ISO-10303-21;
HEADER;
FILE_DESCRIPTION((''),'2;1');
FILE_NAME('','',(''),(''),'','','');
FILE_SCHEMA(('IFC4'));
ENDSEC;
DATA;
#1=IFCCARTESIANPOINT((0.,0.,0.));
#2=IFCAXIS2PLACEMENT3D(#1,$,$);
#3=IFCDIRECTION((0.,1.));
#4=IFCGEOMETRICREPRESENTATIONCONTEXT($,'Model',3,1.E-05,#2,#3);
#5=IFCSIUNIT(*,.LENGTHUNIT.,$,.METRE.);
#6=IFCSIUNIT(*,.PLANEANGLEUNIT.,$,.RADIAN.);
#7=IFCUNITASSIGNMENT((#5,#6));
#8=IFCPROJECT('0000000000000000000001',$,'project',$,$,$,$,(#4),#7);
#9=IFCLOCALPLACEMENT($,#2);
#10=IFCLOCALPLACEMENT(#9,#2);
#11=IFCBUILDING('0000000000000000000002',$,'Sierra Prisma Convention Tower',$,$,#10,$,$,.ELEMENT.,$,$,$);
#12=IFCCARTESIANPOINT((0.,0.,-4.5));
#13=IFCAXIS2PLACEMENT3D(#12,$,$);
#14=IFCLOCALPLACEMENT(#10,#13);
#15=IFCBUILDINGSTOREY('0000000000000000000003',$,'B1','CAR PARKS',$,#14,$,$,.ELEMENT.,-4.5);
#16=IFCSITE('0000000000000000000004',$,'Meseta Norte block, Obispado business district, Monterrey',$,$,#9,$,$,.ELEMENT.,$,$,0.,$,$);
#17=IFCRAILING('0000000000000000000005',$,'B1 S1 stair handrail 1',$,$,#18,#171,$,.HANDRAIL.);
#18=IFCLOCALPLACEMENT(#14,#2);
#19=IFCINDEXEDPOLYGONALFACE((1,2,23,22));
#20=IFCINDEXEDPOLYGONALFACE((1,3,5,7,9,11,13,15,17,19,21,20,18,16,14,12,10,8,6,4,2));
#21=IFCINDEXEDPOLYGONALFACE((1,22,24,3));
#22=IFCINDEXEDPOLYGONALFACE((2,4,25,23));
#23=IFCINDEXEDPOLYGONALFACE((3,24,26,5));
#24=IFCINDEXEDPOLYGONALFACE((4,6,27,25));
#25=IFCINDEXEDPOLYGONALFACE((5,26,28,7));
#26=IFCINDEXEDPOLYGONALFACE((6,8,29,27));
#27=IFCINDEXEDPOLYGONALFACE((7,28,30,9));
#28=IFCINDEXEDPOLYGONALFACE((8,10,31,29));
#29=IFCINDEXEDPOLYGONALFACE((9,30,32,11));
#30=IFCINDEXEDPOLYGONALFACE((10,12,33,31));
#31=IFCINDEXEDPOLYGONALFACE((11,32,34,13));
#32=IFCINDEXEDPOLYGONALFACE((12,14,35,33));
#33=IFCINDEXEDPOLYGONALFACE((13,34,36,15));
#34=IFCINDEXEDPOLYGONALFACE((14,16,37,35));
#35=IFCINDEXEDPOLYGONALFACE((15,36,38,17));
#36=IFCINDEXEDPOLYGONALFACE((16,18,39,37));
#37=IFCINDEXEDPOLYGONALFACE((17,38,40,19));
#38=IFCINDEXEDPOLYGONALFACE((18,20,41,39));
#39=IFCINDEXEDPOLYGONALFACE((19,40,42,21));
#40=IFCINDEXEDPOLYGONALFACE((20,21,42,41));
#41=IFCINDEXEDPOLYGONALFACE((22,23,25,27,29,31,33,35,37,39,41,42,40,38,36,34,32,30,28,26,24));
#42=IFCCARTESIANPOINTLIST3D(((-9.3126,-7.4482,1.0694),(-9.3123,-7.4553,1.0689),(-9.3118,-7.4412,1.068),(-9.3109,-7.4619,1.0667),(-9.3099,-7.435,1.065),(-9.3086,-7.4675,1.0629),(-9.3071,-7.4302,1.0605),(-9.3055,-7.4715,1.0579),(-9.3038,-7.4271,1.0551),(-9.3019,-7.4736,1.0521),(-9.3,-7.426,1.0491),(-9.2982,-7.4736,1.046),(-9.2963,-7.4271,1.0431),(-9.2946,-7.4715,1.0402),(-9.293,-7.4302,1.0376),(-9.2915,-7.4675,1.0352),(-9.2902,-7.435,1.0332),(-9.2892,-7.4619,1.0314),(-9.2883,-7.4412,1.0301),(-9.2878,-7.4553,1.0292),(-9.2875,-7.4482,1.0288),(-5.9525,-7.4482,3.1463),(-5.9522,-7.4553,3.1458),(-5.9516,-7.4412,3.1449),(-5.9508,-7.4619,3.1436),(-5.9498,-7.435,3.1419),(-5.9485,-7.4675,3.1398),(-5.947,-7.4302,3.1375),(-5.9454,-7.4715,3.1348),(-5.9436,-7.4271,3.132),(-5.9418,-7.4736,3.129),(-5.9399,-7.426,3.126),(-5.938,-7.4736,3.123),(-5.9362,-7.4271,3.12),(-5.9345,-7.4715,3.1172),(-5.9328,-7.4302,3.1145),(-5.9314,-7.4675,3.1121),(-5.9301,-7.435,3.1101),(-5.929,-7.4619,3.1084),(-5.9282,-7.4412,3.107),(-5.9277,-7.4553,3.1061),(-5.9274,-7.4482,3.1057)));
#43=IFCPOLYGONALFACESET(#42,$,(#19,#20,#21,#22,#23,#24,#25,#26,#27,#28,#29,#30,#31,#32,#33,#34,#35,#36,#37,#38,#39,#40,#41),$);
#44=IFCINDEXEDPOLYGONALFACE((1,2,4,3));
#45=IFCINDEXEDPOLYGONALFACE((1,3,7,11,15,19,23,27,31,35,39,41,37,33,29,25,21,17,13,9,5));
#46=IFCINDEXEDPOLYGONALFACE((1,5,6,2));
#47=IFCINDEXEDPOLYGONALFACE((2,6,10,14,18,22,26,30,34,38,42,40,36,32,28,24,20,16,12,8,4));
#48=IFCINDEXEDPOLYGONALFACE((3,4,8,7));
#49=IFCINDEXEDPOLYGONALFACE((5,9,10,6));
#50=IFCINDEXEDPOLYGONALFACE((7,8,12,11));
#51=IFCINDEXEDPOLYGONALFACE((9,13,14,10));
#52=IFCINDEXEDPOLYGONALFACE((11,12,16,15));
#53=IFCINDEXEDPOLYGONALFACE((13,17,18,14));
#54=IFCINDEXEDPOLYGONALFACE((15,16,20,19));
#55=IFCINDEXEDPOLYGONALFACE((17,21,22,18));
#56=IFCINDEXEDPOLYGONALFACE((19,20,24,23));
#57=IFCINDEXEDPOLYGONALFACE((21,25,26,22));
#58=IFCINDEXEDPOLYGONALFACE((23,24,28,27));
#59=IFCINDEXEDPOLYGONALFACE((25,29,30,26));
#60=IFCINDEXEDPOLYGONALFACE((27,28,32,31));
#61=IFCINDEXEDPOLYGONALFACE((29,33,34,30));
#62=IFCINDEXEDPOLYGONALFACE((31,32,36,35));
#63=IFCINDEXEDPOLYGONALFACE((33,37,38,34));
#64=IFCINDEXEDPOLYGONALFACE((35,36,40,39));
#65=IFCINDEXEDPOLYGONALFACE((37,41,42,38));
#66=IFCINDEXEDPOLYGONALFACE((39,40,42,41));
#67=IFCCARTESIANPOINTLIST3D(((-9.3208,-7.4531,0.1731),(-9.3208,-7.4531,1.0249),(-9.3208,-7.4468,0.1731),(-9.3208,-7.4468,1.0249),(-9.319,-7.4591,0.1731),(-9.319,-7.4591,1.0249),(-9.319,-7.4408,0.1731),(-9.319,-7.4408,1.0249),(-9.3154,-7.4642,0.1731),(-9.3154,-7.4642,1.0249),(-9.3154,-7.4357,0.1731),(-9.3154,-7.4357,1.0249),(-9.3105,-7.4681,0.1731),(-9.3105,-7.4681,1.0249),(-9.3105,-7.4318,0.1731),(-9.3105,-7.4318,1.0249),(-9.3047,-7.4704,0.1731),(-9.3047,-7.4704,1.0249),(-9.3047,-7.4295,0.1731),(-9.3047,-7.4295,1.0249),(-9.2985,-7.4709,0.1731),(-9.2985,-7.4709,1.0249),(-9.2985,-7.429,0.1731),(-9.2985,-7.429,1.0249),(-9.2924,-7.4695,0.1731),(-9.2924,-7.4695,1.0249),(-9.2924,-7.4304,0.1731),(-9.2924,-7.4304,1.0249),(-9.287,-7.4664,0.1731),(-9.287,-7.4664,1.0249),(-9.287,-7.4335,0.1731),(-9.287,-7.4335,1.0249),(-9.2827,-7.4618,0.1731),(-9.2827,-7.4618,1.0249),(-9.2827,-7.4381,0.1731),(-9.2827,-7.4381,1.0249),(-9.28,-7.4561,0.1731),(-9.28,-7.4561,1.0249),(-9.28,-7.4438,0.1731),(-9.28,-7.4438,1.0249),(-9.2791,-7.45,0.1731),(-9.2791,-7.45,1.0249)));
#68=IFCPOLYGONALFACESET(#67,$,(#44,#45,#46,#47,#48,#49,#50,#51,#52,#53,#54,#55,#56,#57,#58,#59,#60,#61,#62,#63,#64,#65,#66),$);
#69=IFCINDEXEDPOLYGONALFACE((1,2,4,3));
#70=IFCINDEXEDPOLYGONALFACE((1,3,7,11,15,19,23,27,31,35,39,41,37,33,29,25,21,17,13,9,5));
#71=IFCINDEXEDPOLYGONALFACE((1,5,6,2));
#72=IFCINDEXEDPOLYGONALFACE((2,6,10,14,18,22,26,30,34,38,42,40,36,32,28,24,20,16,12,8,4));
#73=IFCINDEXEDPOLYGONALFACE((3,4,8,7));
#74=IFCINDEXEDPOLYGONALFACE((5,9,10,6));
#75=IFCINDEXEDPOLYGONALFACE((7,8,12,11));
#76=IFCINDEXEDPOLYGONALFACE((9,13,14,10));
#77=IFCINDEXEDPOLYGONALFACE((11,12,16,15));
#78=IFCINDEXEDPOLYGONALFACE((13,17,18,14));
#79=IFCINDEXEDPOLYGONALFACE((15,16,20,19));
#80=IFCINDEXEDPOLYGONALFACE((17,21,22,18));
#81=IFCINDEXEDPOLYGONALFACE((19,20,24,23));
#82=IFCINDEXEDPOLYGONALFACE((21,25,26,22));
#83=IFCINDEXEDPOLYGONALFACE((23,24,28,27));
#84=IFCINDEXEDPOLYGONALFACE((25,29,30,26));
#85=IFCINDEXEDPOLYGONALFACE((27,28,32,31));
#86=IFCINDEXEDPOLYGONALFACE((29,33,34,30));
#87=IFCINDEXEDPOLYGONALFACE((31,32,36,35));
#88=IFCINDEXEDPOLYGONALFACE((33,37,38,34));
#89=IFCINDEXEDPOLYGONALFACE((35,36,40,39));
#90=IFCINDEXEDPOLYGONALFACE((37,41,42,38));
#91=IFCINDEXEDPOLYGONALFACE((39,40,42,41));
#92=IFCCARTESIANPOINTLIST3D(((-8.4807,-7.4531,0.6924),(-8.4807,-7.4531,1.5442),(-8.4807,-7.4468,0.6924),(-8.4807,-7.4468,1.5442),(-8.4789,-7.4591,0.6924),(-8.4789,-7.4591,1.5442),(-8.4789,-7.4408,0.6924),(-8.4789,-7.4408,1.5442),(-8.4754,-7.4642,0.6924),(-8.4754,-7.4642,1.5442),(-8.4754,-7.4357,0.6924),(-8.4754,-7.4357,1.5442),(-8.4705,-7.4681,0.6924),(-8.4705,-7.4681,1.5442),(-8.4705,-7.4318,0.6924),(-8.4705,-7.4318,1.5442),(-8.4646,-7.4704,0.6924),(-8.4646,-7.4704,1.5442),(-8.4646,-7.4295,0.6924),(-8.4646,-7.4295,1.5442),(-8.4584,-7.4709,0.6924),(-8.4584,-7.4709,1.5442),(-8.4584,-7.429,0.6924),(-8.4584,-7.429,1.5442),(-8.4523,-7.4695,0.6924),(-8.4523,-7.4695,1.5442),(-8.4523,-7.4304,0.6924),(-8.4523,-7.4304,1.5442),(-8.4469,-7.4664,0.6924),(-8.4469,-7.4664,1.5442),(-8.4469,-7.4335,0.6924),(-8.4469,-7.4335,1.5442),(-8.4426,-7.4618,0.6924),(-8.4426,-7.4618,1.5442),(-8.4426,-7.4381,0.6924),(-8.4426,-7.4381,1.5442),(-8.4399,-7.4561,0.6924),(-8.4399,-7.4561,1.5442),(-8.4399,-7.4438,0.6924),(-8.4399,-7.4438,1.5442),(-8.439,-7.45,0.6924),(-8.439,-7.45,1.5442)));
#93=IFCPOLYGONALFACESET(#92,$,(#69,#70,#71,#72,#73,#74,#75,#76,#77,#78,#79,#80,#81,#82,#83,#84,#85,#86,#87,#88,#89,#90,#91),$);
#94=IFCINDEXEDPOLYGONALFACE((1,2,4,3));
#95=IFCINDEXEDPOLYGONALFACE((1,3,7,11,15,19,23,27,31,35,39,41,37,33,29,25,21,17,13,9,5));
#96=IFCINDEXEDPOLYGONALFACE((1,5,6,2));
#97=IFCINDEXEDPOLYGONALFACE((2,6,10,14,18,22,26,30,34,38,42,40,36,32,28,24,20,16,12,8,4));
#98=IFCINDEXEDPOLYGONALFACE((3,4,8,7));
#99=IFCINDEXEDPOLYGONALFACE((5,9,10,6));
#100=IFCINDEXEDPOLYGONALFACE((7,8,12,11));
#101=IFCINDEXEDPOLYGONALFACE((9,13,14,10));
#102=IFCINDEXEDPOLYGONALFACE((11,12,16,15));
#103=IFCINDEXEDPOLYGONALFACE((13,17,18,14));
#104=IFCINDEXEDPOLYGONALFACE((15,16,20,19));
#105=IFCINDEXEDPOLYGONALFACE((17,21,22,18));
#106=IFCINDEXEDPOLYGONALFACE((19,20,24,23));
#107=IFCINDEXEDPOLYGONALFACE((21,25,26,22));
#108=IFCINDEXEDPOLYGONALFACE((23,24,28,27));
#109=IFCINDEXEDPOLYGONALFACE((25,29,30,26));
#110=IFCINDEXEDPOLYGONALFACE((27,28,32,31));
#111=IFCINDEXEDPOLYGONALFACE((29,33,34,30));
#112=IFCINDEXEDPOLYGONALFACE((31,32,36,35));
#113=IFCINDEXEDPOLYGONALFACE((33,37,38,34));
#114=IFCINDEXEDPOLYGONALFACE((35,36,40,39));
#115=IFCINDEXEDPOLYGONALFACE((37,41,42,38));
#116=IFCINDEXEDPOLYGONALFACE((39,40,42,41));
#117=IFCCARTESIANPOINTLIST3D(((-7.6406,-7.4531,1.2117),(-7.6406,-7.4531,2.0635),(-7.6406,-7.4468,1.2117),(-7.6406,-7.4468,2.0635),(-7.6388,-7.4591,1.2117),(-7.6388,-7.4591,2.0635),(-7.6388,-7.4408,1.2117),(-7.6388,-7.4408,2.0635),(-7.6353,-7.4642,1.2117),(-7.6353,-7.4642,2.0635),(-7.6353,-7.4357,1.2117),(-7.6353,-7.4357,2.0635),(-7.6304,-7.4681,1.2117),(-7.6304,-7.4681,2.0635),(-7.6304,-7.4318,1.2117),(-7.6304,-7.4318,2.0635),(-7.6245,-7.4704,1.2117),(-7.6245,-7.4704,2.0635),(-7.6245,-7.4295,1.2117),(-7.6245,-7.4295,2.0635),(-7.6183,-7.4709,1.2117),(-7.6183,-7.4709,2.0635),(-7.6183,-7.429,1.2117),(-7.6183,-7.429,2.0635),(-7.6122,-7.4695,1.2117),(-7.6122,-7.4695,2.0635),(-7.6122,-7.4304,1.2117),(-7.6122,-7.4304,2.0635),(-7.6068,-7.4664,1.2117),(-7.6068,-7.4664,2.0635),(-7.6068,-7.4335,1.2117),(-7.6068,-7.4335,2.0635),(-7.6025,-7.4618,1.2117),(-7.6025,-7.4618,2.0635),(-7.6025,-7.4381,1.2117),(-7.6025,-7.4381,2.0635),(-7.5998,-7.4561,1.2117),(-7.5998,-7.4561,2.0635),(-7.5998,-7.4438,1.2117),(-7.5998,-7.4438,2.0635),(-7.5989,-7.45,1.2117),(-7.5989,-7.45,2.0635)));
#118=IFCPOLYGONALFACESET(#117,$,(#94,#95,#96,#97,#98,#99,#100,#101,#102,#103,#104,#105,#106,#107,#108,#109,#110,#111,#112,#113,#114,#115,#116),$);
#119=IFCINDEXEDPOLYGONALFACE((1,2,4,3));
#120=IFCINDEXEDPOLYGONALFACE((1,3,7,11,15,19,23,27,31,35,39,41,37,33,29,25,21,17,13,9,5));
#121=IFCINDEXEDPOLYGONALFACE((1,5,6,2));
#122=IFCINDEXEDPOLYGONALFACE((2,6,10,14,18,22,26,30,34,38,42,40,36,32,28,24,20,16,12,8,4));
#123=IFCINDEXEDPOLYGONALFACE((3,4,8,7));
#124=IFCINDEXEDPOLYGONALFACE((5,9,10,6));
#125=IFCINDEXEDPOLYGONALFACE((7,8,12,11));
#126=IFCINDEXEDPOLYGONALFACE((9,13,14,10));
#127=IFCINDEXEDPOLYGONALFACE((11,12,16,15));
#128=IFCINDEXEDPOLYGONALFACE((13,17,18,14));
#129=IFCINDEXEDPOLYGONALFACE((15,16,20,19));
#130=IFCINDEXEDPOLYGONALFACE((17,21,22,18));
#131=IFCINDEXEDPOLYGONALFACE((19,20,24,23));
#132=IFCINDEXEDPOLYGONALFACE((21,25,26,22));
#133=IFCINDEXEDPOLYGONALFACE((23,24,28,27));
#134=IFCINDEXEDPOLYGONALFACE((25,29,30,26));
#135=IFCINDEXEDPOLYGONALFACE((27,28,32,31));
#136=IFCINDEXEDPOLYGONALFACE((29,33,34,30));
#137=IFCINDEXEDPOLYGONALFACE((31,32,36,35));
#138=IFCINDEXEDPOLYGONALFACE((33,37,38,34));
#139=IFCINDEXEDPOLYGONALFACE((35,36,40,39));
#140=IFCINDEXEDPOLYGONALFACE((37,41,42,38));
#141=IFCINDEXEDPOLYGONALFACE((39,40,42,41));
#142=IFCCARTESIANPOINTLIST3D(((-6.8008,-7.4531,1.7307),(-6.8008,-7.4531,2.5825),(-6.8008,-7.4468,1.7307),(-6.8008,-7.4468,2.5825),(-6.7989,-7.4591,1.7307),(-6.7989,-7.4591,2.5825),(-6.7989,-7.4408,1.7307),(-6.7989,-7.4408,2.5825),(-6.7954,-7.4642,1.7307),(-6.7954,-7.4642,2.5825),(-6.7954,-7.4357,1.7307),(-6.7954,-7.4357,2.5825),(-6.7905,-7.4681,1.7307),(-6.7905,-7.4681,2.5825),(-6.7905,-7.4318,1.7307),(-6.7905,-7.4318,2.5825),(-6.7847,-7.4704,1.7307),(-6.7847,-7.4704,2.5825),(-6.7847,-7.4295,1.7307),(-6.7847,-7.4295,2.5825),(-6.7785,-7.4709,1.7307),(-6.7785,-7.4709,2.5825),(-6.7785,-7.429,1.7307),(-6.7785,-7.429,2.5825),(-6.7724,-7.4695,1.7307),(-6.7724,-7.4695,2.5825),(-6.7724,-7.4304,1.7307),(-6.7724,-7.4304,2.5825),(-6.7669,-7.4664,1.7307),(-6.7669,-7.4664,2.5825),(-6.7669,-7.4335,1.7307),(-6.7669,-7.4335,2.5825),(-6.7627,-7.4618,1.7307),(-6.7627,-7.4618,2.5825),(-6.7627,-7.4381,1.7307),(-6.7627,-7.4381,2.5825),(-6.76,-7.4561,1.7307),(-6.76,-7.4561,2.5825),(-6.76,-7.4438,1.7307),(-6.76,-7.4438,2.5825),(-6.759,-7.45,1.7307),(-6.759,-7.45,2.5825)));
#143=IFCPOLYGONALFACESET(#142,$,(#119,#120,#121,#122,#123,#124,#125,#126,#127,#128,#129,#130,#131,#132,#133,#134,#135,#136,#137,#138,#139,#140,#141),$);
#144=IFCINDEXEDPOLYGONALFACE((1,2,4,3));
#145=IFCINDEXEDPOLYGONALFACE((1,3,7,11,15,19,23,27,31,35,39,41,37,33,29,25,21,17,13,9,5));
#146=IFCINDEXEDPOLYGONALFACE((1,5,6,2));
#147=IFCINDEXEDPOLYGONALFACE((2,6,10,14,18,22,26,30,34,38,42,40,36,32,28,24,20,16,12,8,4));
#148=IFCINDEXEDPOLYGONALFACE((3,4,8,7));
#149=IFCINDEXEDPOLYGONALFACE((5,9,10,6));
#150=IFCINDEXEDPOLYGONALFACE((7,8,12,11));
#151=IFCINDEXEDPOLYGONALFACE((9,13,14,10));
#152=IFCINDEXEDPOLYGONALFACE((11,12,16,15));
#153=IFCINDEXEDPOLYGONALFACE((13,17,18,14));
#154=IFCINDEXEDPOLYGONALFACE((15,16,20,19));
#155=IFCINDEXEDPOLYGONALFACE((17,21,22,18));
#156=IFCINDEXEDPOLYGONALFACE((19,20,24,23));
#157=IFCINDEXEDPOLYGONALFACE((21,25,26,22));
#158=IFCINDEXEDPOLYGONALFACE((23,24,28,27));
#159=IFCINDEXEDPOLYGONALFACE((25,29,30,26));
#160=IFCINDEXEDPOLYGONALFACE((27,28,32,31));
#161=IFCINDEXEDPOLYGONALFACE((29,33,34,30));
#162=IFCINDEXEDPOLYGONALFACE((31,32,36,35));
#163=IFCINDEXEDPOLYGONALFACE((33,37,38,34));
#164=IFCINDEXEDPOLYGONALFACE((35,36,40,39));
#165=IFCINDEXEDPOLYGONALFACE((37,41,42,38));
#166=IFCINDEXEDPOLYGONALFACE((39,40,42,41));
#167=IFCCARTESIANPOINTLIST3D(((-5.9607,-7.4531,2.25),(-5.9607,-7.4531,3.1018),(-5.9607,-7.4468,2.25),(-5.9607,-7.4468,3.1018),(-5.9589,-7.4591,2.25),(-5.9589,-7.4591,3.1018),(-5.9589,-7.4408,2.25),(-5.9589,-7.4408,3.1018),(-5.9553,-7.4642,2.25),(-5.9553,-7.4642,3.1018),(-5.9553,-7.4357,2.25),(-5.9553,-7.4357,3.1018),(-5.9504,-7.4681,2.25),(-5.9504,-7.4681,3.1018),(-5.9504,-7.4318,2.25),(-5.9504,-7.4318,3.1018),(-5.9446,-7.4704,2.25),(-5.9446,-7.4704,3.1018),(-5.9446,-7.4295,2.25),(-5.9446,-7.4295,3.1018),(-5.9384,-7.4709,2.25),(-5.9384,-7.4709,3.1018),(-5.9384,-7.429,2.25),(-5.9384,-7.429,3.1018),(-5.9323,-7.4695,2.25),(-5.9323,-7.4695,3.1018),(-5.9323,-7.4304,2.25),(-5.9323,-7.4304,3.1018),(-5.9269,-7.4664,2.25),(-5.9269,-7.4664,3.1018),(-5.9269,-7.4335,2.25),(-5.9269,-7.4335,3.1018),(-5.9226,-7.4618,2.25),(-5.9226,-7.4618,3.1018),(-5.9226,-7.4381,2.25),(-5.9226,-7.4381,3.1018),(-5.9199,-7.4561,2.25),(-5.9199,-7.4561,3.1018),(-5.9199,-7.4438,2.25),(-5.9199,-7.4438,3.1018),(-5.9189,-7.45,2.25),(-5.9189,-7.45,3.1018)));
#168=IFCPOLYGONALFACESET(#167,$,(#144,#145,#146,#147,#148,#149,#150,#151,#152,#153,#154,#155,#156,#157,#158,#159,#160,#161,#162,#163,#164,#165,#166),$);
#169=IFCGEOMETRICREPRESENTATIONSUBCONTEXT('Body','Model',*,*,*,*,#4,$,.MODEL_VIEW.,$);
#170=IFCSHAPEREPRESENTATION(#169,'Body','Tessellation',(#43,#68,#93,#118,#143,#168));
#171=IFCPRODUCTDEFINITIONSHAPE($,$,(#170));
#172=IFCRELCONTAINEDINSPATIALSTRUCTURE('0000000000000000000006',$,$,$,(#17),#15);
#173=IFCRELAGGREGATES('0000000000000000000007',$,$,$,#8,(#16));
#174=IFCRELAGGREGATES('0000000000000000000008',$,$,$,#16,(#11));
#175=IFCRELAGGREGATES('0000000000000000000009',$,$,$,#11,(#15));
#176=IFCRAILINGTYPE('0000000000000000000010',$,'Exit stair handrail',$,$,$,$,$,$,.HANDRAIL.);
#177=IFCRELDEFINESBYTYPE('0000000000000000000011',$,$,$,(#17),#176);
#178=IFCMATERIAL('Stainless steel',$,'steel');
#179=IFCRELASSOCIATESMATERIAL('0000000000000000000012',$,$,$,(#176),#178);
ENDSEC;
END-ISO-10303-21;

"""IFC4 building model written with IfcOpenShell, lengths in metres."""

from ifc_helpers import new_model, si_unit, direction, frame, origin, origin_2d, place, context, subcontext, project, spatial, circle, extrude, material, type_object, element, save


model = new_model("IFC4")

# Units and contexts
model_context = context("Model", 3, precision=1e-05, world=origin(), true_north=direction((0.0, 1.0)))
body_context = subcontext(model_context, "Body", "Model", "MODEL_VIEW")
ifc_project = project(units=[si_unit("LENGTHUNIT", "METRE"), si_unit("PLANEANGLEUNIT", "RADIAN")], contexts=[model_context])

# Site, building, storey
site_placement = place(None, origin())
site = spatial("IfcSite", under=ifc_project, at=site_placement, Name="Meseta Norte block, Obispado business district, Monterrey", CompositionType="ELEMENT", RefElevation=0.0)
building_placement = place(site_placement, origin())
building = spatial("IfcBuilding", under=site, at=building_placement, Name="Sierra Prisma Convention Tower", CompositionType="ELEMENT")
storey_placement = place(building_placement, frame((0.0, 0.0, -4.5)))
storey = spatial("IfcBuildingStorey", under=building, at=storey_placement, Name="B1", Description="CAR PARKS", CompositionType="ELEMENT", Elevation=-4.5)

# Railing
ifc_material_1 = material(Name="Stainless steel", Category="steel")
railing_type_1 = type_object("IfcRailingType", Name="Exit stair handrail", PredefinedType="HANDRAIL", material=ifc_material_1)
railing_1_placement = place(storey_placement, frame((-9.3, -7.45, 0.1731)))
element("IfcRailing", 1, at=railing_1_placement, inside=storey, type_object=railing_type_1, Name="B1 S1 stair handrail 1", PredefinedType="HANDRAIL", context=body_context, shape_type="SweptSolid", body=[
    extrude(circle(Radius=0.0239, at=origin_2d()), frame((0.0, 0.0, 0.876), z_axis=(0.850623, 0.0, 0.525776), x_axis=(0.0, 1.0, 0.0)), (0.0, 0.0, 1.0), 3.9502),
    extrude(circle(Radius=0.021, at=origin_2d()), origin(), (0.0, 0.0, 1.0), 0.8518),
    extrude(circle(Radius=0.021, at=origin_2d()), frame((0.8401, 0.0, 0.5193)), (0.0, 0.0, 1.0), 0.8518),
    extrude(circle(Radius=0.021, at=origin_2d()), frame((1.6802, 0.0, 1.0386)), (0.0, 0.0, 1.0), 0.8518),
    extrude(circle(Radius=0.021, at=origin_2d()), frame((2.52, 0.0, 1.5576)), (0.0, 0.0, 1.0), 0.8518),
    extrude(circle(Radius=0.021, at=origin_2d()), frame((3.3601, 0.0, 2.0769)), (0.0, 0.0, 1.0), 0.8518),
])

save(model, "model.ifc")
